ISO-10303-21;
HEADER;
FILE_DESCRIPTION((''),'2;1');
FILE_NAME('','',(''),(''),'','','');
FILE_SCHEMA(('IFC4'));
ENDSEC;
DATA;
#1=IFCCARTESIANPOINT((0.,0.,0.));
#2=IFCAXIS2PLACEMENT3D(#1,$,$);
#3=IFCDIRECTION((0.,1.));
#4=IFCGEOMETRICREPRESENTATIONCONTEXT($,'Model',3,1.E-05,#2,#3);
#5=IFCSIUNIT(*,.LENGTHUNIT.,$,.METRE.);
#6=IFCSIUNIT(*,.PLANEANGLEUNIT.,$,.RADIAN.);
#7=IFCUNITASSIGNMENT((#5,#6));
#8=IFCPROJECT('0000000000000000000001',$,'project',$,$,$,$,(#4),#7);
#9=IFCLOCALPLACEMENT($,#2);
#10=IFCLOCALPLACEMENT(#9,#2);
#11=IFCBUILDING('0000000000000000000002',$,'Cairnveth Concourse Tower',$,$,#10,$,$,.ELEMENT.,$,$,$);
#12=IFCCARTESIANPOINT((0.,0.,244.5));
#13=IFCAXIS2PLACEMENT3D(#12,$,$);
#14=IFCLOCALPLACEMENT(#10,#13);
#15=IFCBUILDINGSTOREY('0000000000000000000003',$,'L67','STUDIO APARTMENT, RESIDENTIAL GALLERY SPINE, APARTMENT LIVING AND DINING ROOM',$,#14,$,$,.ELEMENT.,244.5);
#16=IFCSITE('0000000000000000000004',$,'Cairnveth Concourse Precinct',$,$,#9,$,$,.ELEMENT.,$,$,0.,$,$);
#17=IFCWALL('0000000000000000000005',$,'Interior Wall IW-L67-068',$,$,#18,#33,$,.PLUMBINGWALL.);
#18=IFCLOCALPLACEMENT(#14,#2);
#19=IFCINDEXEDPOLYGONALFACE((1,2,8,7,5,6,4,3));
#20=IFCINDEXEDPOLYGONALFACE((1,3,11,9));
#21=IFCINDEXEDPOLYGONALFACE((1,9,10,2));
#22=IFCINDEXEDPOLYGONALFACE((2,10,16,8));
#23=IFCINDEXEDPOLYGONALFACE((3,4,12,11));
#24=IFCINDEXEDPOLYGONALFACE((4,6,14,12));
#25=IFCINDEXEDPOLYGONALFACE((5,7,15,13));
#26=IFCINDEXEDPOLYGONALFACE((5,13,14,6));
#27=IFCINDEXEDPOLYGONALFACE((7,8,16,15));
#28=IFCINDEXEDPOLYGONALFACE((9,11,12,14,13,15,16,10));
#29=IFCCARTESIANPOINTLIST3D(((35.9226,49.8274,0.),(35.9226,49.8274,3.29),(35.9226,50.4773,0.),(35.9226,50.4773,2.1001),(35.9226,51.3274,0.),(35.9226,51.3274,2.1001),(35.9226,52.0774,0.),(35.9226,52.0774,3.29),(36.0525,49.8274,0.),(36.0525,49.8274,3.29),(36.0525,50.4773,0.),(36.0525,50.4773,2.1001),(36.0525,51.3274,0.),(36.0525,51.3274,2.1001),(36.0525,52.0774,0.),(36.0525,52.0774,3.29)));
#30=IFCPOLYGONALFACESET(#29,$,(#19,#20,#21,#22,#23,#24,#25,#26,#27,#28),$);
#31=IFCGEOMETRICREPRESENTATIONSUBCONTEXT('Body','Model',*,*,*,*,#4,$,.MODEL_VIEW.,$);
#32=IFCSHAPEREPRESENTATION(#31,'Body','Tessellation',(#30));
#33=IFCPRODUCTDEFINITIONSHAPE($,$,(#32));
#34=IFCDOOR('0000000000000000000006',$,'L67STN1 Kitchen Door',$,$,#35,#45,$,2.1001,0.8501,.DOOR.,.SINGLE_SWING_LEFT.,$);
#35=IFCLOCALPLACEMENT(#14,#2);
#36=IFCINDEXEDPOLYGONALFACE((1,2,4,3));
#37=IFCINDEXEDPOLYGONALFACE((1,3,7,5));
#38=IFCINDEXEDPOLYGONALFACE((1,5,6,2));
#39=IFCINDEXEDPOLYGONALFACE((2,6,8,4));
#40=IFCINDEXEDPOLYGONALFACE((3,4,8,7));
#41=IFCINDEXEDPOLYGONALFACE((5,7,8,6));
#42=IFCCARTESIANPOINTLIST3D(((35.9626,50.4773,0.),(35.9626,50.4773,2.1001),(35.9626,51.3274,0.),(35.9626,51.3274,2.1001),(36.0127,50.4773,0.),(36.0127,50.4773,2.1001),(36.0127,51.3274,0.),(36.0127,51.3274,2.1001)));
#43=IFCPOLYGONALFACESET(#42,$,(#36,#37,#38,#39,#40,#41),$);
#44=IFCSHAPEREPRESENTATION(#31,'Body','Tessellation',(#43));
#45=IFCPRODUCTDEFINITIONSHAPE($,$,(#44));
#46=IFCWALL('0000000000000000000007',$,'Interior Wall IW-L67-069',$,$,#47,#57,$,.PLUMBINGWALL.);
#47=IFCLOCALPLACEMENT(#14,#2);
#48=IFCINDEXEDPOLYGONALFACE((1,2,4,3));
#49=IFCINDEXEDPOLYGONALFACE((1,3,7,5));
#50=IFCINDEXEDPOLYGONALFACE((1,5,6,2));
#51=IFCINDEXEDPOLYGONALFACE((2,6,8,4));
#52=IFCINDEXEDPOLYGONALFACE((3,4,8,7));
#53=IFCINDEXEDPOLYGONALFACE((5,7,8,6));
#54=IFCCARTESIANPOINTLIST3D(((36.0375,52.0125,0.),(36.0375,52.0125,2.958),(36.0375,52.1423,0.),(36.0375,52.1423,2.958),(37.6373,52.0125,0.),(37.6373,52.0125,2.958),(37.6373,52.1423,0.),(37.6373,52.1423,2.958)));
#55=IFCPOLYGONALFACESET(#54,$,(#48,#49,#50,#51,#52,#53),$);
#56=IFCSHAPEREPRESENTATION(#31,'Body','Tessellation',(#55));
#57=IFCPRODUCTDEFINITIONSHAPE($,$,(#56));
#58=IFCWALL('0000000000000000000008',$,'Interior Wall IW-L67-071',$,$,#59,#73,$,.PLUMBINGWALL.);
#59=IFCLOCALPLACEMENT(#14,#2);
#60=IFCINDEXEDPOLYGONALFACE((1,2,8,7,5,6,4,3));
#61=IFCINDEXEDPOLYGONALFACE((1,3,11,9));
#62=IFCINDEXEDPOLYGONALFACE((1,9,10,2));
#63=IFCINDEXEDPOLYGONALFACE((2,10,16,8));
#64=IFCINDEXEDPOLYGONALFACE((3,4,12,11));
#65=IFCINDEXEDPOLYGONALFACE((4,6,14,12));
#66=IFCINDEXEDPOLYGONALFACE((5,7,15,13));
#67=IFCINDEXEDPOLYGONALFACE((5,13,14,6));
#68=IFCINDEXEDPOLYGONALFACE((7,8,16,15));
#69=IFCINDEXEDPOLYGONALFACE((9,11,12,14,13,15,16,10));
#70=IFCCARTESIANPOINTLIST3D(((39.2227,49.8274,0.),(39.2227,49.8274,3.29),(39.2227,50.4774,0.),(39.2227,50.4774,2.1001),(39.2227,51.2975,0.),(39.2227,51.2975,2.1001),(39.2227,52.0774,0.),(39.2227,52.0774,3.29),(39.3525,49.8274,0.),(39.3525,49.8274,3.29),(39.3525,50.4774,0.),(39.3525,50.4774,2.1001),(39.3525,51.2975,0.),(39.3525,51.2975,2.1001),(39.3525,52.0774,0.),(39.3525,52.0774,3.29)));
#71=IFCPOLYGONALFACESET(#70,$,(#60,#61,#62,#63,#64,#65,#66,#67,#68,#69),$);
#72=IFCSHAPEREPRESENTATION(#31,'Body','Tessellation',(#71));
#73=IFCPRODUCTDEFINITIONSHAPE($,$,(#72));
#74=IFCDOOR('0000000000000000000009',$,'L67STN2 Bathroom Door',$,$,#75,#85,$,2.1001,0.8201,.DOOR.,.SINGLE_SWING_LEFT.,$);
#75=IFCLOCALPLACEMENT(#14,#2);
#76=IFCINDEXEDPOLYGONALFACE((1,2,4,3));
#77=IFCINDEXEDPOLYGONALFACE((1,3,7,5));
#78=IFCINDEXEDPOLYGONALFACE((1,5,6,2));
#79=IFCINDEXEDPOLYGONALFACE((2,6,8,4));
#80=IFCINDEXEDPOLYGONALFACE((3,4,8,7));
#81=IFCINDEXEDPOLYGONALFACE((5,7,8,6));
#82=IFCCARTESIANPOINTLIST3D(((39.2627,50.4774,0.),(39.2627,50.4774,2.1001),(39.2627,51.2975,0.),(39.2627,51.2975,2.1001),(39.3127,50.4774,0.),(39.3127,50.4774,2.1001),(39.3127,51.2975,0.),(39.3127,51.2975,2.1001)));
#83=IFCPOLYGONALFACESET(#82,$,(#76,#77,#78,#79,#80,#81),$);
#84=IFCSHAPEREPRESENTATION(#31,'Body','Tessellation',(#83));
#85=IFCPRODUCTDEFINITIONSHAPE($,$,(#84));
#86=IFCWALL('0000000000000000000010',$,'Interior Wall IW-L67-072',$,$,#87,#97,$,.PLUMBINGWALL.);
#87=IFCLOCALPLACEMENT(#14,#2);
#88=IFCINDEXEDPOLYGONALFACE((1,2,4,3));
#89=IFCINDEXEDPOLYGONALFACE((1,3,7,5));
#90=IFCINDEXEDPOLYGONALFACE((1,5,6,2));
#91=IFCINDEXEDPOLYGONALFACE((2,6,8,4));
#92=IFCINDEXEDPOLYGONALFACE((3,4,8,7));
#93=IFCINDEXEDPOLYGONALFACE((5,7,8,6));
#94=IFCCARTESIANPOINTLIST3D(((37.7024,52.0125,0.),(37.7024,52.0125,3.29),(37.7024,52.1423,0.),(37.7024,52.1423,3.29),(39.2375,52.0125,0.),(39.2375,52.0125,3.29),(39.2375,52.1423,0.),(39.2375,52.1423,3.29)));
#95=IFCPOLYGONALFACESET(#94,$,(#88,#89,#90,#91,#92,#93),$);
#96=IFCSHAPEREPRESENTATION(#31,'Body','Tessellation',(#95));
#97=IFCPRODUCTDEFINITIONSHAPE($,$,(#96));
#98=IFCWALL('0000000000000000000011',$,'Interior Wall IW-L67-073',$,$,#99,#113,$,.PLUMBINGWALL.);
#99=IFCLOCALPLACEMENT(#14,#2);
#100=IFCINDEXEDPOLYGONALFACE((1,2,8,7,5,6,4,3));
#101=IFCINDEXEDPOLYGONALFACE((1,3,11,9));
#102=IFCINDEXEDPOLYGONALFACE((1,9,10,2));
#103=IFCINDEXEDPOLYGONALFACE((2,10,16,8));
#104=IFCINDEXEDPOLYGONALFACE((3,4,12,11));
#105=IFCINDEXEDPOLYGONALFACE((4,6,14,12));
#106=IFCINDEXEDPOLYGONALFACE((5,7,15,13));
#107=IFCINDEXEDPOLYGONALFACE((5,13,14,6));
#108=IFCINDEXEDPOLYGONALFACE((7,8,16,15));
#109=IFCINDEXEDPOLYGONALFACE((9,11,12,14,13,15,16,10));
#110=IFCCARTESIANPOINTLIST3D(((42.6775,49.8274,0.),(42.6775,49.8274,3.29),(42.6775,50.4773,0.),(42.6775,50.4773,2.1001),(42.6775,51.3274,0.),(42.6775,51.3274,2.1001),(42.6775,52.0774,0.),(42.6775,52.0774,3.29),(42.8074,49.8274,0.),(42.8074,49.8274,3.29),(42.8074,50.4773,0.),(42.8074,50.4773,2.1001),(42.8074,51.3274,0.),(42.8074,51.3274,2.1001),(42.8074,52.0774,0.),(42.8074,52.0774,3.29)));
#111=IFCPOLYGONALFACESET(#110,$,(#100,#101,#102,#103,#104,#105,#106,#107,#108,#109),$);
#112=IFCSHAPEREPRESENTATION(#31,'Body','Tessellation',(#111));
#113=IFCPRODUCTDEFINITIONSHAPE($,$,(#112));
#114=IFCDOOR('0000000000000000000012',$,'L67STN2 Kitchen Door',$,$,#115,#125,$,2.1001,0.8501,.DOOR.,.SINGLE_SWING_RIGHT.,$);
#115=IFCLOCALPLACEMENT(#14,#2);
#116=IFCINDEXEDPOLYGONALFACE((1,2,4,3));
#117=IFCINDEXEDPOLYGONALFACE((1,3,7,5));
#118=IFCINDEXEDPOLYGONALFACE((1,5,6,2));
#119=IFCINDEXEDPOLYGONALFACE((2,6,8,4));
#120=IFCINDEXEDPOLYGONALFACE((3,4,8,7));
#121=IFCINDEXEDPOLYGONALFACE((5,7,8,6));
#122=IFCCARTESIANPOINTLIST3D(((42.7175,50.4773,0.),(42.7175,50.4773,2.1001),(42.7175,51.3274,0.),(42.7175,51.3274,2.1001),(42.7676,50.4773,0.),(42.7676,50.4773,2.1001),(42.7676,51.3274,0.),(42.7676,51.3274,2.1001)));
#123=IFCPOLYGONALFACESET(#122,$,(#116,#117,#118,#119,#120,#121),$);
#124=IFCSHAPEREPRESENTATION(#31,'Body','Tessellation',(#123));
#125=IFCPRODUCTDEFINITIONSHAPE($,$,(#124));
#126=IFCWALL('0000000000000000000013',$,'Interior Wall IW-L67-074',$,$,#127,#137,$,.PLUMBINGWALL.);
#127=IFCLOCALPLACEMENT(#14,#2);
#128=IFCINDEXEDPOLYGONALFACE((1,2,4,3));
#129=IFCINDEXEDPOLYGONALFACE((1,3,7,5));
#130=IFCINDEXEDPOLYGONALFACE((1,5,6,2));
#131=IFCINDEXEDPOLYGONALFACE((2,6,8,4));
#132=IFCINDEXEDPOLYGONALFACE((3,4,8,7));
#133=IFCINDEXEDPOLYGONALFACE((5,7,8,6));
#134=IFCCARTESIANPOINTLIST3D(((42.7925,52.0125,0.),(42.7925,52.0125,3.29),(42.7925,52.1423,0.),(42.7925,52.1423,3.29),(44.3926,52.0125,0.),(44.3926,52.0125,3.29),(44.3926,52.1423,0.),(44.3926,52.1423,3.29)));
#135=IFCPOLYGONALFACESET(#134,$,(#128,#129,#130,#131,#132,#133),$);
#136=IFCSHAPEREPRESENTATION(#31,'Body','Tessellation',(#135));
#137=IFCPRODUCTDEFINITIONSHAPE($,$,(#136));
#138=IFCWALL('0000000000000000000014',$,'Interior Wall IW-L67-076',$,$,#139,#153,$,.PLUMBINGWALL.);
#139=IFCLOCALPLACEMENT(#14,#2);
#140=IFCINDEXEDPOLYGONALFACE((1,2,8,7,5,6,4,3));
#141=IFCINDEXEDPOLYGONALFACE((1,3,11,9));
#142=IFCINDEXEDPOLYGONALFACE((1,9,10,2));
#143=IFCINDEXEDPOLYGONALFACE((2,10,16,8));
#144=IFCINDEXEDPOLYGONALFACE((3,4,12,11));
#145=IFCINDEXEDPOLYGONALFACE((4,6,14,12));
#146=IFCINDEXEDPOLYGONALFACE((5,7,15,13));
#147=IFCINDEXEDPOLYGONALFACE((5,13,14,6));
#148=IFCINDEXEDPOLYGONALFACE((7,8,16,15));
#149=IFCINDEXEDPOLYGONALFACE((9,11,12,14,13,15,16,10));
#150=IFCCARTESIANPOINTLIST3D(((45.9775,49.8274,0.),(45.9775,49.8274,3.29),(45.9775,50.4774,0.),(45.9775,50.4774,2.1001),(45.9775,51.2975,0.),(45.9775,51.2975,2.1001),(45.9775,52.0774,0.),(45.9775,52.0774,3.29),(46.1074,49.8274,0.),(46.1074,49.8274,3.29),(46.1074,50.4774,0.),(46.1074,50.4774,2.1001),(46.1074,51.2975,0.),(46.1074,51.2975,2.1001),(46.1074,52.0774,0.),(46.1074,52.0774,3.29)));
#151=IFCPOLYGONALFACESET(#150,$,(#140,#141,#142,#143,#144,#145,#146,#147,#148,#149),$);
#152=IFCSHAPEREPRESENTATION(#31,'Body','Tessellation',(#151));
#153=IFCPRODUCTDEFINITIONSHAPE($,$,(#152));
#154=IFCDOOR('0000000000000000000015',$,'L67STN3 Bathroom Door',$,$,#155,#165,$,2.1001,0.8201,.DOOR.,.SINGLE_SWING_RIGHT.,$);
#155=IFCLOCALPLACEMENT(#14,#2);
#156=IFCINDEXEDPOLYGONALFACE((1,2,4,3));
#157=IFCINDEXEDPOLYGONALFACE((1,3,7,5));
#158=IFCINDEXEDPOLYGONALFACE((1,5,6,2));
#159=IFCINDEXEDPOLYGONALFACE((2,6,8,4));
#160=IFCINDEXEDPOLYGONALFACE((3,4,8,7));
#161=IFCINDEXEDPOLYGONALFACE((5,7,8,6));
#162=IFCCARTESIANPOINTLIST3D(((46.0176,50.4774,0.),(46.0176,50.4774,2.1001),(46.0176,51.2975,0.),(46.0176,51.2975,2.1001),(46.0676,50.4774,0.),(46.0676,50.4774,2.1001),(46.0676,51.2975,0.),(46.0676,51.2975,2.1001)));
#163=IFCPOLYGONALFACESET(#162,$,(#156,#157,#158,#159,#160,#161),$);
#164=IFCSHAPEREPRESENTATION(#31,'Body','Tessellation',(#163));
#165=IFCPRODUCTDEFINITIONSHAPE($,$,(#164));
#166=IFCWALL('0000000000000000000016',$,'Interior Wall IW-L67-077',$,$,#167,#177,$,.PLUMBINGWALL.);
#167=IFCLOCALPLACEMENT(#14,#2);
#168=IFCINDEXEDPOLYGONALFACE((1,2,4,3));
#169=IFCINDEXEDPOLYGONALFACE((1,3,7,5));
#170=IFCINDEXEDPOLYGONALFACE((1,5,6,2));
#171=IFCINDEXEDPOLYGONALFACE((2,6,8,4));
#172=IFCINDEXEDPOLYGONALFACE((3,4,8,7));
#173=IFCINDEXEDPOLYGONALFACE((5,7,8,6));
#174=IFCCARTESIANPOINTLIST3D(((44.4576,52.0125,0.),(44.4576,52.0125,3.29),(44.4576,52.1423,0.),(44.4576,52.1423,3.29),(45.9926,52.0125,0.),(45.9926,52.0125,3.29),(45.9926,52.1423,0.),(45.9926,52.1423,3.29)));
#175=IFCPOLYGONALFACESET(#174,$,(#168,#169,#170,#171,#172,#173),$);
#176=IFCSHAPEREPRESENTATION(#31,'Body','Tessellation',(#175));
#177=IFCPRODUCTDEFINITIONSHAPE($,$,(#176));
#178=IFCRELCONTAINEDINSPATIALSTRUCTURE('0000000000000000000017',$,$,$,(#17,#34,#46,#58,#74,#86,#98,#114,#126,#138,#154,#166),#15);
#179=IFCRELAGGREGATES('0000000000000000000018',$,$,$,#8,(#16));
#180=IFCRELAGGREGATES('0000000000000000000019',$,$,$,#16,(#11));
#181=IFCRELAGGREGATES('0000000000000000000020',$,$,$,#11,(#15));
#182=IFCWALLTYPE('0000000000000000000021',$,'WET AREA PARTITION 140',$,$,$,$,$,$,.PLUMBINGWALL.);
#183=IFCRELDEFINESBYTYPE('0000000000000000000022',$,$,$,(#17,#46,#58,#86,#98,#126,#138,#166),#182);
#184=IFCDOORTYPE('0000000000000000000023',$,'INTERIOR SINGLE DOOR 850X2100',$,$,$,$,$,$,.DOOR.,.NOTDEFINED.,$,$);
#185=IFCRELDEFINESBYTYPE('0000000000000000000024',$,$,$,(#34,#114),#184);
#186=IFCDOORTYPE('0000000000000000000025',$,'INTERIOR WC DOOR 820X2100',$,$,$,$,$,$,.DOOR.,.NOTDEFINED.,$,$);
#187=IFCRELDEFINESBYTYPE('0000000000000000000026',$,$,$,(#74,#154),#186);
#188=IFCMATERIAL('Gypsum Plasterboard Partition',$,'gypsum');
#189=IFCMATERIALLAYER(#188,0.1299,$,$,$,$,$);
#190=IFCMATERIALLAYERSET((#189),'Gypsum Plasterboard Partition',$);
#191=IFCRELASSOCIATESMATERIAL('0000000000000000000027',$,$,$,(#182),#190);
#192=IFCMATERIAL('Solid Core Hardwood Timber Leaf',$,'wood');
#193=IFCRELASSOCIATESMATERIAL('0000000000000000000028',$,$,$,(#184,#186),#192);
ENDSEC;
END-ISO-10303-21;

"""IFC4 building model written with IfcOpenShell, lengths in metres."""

from ifc_helpers import new_model, si_unit, direction, frame, frame_2d, origin, place, context, subcontext, project, spatial, rectangle, extrude, material, layer, layer_set, type_object, element, fill, save


model = new_model("IFC4")

# Units and contexts
model_context = context("Model", 3, precision=1e-05, world=origin(), true_north=direction((0.0, 1.0)))
body_context = subcontext(model_context, "Body", "Model", "MODEL_VIEW")
ifc_project = project(units=[si_unit("LENGTHUNIT", "METRE"), si_unit("PLANEANGLEUNIT", "RADIAN")], contexts=[model_context])

# Site, building, storey
site_placement = place(None, origin())
site = spatial("IfcSite", under=ifc_project, at=site_placement, Name="Cairnveth Concourse Precinct", CompositionType="ELEMENT", RefElevation=0.0)
building_placement = place(site_placement, origin())
building = spatial("IfcBuilding", under=site, at=building_placement, Name="Cairnveth Concourse Tower", CompositionType="ELEMENT")
storey_placement = place(building_placement, frame((0.0, 0.0, 244.5)))
storey = spatial("IfcBuildingStorey", under=building, at=storey_placement, Name="L67", Description="STUDIO APARTMENT, RESIDENTIAL GALLERY SPINE, APARTMENT LIVING AND DINING ROOM", CompositionType="ELEMENT", Elevation=244.5)

# Shared definitions
ifc_material_1 = material(Name="Gypsum Plasterboard Partition", Category="gypsum")

# Wall, opening, door
ifc_layer_1 = layer(ifc_material_1, 0.1299)
ifc_layer_set_1 = layer_set([ifc_layer_1], Name="Gypsum Plasterboard Partition")
wall_type_1 = type_object("IfcWallType", Name="WET AREA PARTITION 140", PredefinedType="PLUMBINGWALL", material=ifc_layer_set_1)
wall_1_placement = place(storey_placement, frame((35.9875, 49.8274, 0.0), z_axis=(0.0, 0.0, 1.0), x_axis=(0.0, 1.0, 0.0)))
wall_1 = element("IfcWall", 1, at=wall_1_placement, inside=storey, type_object=wall_type_1, Name="Interior Wall IW-L67-068", PredefinedType="PLUMBINGWALL", context=body_context, shape_type="SweptSolid", body=[
    extrude(rectangle(XDim=2.25, YDim=0.1299, at=frame_2d((1.125, 0.0))), origin(), (0.0, 0.0, 1.0), 3.29),
])
opening_1_placement = place(wall_1_placement, frame((0.6499, 0.0, 0.0)))
opening_1 = element("IfcOpeningElement", 2, at=opening_1_placement, cuts=wall_1, PredefinedType="OPENING", context=body_context, shape_type="SweptSolid", body=[
    extrude(rectangle(XDim=0.8501, YDim=2.1001, at=frame_2d((0.425, 1.05))), frame((0.0, 0.075, 0.0), z_axis=(0.0, -1.0, 0.0), x_axis=(1.0, 0.0, 0.0)), (0.0, 0.0, 1.0), 0.1499),
])
ifc_material_2 = material(Name="Solid Core Hardwood Timber Leaf", Category="wood")
door_type_1 = type_object("IfcDoorType", Name="INTERIOR SINGLE DOOR 850X2100", OperationType="NOTDEFINED", PredefinedType="DOOR", material=ifc_material_2)
door_1_placement = place(opening_1_placement, origin())
door_1 = element("IfcDoor", 3, at=door_1_placement, inside=storey, type_object=door_type_1, Name="L67STN1 Kitchen Door", OperationType="SINGLE_SWING_LEFT", OverallHeight=2.1001, OverallWidth=0.8501, PredefinedType="DOOR", context=body_context, shape_type="SweptSolid", body=[
    extrude(rectangle(XDim=0.8501, YDim=2.1001, at=frame_2d((0.425, 1.05))), frame((0.0, 0.0249, 0.0), z_axis=(0.0, -1.0, 0.0), x_axis=(1.0, 0.0, 0.0)), (0.0, 0.0, 1.0), 0.05),
])
fill(opening_1, door_1)

# Wall
wall_2_placement = place(storey_placement, frame((36.0376, 52.0774, 0.0), z_axis=(0.0, 0.0, 1.0), x_axis=(1.0, 0.0, 0.0)))
element("IfcWall", 4, at=wall_2_placement, inside=storey, type_object=wall_type_1, Name="Interior Wall IW-L67-069", PredefinedType="PLUMBINGWALL", context=body_context, shape_type="SweptSolid", body=[
    extrude(rectangle(XDim=1.5999, YDim=0.1299, at=frame_2d((0.7998, 0.0))), origin(), (0.0, 0.0, 1.0), 2.958),
])

# Wall, opening, door
wall_3_placement = place(storey_placement, frame((39.2876, 49.8274, 0.0), z_axis=(0.0, 0.0, 1.0), x_axis=(0.0, 1.0, 0.0)))
wall_3 = element("IfcWall", 5, at=wall_3_placement, inside=storey, type_object=wall_type_1, Name="Interior Wall IW-L67-071", PredefinedType="PLUMBINGWALL", context=body_context, shape_type="SweptSolid", body=[
    extrude(rectangle(XDim=2.25, YDim=0.1299, at=frame_2d((1.125, 0.0))), origin(), (0.0, 0.0, 1.0), 3.29),
])
opening_2_placement = place(wall_3_placement, frame((0.6499, 0.0, 0.0)))
opening_2 = element("IfcOpeningElement", 6, at=opening_2_placement, cuts=wall_3, PredefinedType="OPENING", context=body_context, shape_type="SweptSolid", body=[
    extrude(rectangle(XDim=0.8201, YDim=2.1001, at=frame_2d((0.4102, 1.05))), frame((0.0, 0.075, 0.0), z_axis=(0.0, -1.0, 0.0), x_axis=(1.0, 0.0, 0.0)), (0.0, 0.0, 1.0), 0.1499),
])
door_type_2 = type_object("IfcDoorType", Name="INTERIOR WC DOOR 820X2100", OperationType="NOTDEFINED", PredefinedType="DOOR", material=ifc_material_2)
door_2_placement = place(opening_2_placement, origin())
door_2 = element("IfcDoor", 7, at=door_2_placement, inside=storey, type_object=door_type_2, Name="L67STN2 Bathroom Door", OperationType="SINGLE_SWING_LEFT", OverallHeight=2.1001, OverallWidth=0.8201, PredefinedType="DOOR", context=body_context, shape_type="SweptSolid", body=[
    extrude(rectangle(XDim=0.8201, YDim=2.1001, at=frame_2d((0.4102, 1.05))), frame((0.0, 0.0249, 0.0), z_axis=(0.0, -1.0, 0.0), x_axis=(1.0, 0.0, 0.0)), (0.0, 0.0, 1.0), 0.05),
])
fill(opening_2, door_2)

# Wall
wall_4_placement = place(storey_placement, frame((37.7024, 52.0774, 0.0), z_axis=(0.0, 0.0, 1.0), x_axis=(1.0, 0.0, 0.0)))
element("IfcWall", 8, at=wall_4_placement, inside=storey, type_object=wall_type_1, Name="Interior Wall IW-L67-072", PredefinedType="PLUMBINGWALL", context=body_context, shape_type="SweptSolid", body=[
    extrude(rectangle(XDim=1.5352, YDim=0.1299, at=frame_2d((0.7676, 0.0))), origin(), (0.0, 0.0, 1.0), 3.29),
])

# Wall, opening, door
wall_5_placement = place(storey_placement, frame((42.7424, 49.8274, 0.0), z_axis=(0.0, 0.0, 1.0), x_axis=(0.0, 1.0, 0.0)))
wall_5 = element("IfcWall", 9, at=wall_5_placement, inside=storey, type_object=wall_type_1, Name="Interior Wall IW-L67-073", PredefinedType="PLUMBINGWALL", context=body_context, shape_type="SweptSolid", body=[
    extrude(rectangle(XDim=2.25, YDim=0.1299, at=frame_2d((1.125, 0.0))), origin(), (0.0, 0.0, 1.0), 3.29),
])
opening_3_placement = place(wall_5_placement, frame((0.6499, 0.0, 0.0)))
opening_3 = element("IfcOpeningElement", 10, at=opening_3_placement, cuts=wall_5, PredefinedType="OPENING", context=body_context, shape_type="SweptSolid", body=[
    extrude(rectangle(XDim=0.8501, YDim=2.1001, at=frame_2d((0.425, 1.05))), frame((0.0, 0.075, 0.0), z_axis=(0.0, -1.0, 0.0), x_axis=(1.0, 0.0, 0.0)), (0.0, 0.0, 1.0), 0.1499),
])
door_3_placement = place(opening_3_placement, origin())
door_3 = element("IfcDoor", 11, at=door_3_placement, inside=storey, type_object=door_type_1, Name="L67STN2 Kitchen Door", OperationType="SINGLE_SWING_RIGHT", OverallHeight=2.1001, OverallWidth=0.8501, PredefinedType="DOOR", context=body_context, shape_type="SweptSolid", body=[
    extrude(rectangle(XDim=0.8501, YDim=2.1001, at=frame_2d((0.425, 1.05))), frame((0.0, 0.0249, 0.0), z_axis=(0.0, -1.0, 0.0), x_axis=(1.0, 0.0, 0.0)), (0.0, 0.0, 1.0), 0.05),
])
fill(opening_3, door_3)

# Wall
wall_6_placement = place(storey_placement, frame((42.7925, 52.0774, 0.0), z_axis=(0.0, 0.0, 1.0), x_axis=(1.0, 0.0, 0.0)))
element("IfcWall", 12, at=wall_6_placement, inside=storey, type_object=wall_type_1, Name="Interior Wall IW-L67-074", PredefinedType="PLUMBINGWALL", context=body_context, shape_type="SweptSolid", body=[
    extrude(rectangle(XDim=1.6001, YDim=0.1299, at=frame_2d((0.8, 0.0))), origin(), (0.0, 0.0, 1.0), 3.29),
])

# Wall, opening, door
wall_7_placement = place(storey_placement, frame((46.0425, 49.8274, 0.0), z_axis=(0.0, 0.0, 1.0), x_axis=(0.0, 1.0, 0.0)))
wall_7 = element("IfcWall", 13, at=wall_7_placement, inside=storey, type_object=wall_type_1, Name="Interior Wall IW-L67-076", PredefinedType="PLUMBINGWALL", context=body_context, shape_type="SweptSolid", body=[
    extrude(rectangle(XDim=2.25, YDim=0.1299, at=frame_2d((1.125, 0.0))), origin(), (0.0, 0.0, 1.0), 3.29),
])
opening_4_placement = place(wall_7_placement, frame((0.6499, 0.0, 0.0)))
opening_4 = element("IfcOpeningElement", 14, at=opening_4_placement, cuts=wall_7, PredefinedType="OPENING", context=body_context, shape_type="SweptSolid", body=[
    extrude(rectangle(XDim=0.8201, YDim=2.1001, at=frame_2d((0.4102, 1.05))), frame((0.0, 0.075, 0.0), z_axis=(0.0, -1.0, 0.0), x_axis=(1.0, 0.0, 0.0)), (0.0, 0.0, 1.0), 0.1499),
])
door_4_placement = place(opening_4_placement, origin())
door_4 = element("IfcDoor", 15, at=door_4_placement, inside=storey, type_object=door_type_2, Name="L67STN3 Bathroom Door", OperationType="SINGLE_SWING_RIGHT", OverallHeight=2.1001, OverallWidth=0.8201, PredefinedType="DOOR", context=body_context, shape_type="SweptSolid", body=[
    extrude(rectangle(XDim=0.8201, YDim=2.1001, at=frame_2d((0.4102, 1.05))), frame((0.0, 0.0249, 0.0), z_axis=(0.0, -1.0, 0.0), x_axis=(1.0, 0.0, 0.0)), (0.0, 0.0, 1.0), 0.05),
])
fill(opening_4, door_4)

# Wall
wall_8_placement = place(storey_placement, frame((44.4575, 52.0774, 0.0), z_axis=(0.0, 0.0, 1.0), x_axis=(1.0, 0.0, 0.0)))
element("IfcWall", 16, at=wall_8_placement, inside=storey, type_object=wall_type_1, Name="Interior Wall IW-L67-077", PredefinedType="PLUMBINGWALL", context=body_context, shape_type="SweptSolid", body=[
    extrude(rectangle(XDim=1.5349, YDim=0.1299, at=frame_2d((0.7676, 0.0))), origin(), (0.0, 0.0, 1.0), 3.29),
])

save(model, "model.ifc")
